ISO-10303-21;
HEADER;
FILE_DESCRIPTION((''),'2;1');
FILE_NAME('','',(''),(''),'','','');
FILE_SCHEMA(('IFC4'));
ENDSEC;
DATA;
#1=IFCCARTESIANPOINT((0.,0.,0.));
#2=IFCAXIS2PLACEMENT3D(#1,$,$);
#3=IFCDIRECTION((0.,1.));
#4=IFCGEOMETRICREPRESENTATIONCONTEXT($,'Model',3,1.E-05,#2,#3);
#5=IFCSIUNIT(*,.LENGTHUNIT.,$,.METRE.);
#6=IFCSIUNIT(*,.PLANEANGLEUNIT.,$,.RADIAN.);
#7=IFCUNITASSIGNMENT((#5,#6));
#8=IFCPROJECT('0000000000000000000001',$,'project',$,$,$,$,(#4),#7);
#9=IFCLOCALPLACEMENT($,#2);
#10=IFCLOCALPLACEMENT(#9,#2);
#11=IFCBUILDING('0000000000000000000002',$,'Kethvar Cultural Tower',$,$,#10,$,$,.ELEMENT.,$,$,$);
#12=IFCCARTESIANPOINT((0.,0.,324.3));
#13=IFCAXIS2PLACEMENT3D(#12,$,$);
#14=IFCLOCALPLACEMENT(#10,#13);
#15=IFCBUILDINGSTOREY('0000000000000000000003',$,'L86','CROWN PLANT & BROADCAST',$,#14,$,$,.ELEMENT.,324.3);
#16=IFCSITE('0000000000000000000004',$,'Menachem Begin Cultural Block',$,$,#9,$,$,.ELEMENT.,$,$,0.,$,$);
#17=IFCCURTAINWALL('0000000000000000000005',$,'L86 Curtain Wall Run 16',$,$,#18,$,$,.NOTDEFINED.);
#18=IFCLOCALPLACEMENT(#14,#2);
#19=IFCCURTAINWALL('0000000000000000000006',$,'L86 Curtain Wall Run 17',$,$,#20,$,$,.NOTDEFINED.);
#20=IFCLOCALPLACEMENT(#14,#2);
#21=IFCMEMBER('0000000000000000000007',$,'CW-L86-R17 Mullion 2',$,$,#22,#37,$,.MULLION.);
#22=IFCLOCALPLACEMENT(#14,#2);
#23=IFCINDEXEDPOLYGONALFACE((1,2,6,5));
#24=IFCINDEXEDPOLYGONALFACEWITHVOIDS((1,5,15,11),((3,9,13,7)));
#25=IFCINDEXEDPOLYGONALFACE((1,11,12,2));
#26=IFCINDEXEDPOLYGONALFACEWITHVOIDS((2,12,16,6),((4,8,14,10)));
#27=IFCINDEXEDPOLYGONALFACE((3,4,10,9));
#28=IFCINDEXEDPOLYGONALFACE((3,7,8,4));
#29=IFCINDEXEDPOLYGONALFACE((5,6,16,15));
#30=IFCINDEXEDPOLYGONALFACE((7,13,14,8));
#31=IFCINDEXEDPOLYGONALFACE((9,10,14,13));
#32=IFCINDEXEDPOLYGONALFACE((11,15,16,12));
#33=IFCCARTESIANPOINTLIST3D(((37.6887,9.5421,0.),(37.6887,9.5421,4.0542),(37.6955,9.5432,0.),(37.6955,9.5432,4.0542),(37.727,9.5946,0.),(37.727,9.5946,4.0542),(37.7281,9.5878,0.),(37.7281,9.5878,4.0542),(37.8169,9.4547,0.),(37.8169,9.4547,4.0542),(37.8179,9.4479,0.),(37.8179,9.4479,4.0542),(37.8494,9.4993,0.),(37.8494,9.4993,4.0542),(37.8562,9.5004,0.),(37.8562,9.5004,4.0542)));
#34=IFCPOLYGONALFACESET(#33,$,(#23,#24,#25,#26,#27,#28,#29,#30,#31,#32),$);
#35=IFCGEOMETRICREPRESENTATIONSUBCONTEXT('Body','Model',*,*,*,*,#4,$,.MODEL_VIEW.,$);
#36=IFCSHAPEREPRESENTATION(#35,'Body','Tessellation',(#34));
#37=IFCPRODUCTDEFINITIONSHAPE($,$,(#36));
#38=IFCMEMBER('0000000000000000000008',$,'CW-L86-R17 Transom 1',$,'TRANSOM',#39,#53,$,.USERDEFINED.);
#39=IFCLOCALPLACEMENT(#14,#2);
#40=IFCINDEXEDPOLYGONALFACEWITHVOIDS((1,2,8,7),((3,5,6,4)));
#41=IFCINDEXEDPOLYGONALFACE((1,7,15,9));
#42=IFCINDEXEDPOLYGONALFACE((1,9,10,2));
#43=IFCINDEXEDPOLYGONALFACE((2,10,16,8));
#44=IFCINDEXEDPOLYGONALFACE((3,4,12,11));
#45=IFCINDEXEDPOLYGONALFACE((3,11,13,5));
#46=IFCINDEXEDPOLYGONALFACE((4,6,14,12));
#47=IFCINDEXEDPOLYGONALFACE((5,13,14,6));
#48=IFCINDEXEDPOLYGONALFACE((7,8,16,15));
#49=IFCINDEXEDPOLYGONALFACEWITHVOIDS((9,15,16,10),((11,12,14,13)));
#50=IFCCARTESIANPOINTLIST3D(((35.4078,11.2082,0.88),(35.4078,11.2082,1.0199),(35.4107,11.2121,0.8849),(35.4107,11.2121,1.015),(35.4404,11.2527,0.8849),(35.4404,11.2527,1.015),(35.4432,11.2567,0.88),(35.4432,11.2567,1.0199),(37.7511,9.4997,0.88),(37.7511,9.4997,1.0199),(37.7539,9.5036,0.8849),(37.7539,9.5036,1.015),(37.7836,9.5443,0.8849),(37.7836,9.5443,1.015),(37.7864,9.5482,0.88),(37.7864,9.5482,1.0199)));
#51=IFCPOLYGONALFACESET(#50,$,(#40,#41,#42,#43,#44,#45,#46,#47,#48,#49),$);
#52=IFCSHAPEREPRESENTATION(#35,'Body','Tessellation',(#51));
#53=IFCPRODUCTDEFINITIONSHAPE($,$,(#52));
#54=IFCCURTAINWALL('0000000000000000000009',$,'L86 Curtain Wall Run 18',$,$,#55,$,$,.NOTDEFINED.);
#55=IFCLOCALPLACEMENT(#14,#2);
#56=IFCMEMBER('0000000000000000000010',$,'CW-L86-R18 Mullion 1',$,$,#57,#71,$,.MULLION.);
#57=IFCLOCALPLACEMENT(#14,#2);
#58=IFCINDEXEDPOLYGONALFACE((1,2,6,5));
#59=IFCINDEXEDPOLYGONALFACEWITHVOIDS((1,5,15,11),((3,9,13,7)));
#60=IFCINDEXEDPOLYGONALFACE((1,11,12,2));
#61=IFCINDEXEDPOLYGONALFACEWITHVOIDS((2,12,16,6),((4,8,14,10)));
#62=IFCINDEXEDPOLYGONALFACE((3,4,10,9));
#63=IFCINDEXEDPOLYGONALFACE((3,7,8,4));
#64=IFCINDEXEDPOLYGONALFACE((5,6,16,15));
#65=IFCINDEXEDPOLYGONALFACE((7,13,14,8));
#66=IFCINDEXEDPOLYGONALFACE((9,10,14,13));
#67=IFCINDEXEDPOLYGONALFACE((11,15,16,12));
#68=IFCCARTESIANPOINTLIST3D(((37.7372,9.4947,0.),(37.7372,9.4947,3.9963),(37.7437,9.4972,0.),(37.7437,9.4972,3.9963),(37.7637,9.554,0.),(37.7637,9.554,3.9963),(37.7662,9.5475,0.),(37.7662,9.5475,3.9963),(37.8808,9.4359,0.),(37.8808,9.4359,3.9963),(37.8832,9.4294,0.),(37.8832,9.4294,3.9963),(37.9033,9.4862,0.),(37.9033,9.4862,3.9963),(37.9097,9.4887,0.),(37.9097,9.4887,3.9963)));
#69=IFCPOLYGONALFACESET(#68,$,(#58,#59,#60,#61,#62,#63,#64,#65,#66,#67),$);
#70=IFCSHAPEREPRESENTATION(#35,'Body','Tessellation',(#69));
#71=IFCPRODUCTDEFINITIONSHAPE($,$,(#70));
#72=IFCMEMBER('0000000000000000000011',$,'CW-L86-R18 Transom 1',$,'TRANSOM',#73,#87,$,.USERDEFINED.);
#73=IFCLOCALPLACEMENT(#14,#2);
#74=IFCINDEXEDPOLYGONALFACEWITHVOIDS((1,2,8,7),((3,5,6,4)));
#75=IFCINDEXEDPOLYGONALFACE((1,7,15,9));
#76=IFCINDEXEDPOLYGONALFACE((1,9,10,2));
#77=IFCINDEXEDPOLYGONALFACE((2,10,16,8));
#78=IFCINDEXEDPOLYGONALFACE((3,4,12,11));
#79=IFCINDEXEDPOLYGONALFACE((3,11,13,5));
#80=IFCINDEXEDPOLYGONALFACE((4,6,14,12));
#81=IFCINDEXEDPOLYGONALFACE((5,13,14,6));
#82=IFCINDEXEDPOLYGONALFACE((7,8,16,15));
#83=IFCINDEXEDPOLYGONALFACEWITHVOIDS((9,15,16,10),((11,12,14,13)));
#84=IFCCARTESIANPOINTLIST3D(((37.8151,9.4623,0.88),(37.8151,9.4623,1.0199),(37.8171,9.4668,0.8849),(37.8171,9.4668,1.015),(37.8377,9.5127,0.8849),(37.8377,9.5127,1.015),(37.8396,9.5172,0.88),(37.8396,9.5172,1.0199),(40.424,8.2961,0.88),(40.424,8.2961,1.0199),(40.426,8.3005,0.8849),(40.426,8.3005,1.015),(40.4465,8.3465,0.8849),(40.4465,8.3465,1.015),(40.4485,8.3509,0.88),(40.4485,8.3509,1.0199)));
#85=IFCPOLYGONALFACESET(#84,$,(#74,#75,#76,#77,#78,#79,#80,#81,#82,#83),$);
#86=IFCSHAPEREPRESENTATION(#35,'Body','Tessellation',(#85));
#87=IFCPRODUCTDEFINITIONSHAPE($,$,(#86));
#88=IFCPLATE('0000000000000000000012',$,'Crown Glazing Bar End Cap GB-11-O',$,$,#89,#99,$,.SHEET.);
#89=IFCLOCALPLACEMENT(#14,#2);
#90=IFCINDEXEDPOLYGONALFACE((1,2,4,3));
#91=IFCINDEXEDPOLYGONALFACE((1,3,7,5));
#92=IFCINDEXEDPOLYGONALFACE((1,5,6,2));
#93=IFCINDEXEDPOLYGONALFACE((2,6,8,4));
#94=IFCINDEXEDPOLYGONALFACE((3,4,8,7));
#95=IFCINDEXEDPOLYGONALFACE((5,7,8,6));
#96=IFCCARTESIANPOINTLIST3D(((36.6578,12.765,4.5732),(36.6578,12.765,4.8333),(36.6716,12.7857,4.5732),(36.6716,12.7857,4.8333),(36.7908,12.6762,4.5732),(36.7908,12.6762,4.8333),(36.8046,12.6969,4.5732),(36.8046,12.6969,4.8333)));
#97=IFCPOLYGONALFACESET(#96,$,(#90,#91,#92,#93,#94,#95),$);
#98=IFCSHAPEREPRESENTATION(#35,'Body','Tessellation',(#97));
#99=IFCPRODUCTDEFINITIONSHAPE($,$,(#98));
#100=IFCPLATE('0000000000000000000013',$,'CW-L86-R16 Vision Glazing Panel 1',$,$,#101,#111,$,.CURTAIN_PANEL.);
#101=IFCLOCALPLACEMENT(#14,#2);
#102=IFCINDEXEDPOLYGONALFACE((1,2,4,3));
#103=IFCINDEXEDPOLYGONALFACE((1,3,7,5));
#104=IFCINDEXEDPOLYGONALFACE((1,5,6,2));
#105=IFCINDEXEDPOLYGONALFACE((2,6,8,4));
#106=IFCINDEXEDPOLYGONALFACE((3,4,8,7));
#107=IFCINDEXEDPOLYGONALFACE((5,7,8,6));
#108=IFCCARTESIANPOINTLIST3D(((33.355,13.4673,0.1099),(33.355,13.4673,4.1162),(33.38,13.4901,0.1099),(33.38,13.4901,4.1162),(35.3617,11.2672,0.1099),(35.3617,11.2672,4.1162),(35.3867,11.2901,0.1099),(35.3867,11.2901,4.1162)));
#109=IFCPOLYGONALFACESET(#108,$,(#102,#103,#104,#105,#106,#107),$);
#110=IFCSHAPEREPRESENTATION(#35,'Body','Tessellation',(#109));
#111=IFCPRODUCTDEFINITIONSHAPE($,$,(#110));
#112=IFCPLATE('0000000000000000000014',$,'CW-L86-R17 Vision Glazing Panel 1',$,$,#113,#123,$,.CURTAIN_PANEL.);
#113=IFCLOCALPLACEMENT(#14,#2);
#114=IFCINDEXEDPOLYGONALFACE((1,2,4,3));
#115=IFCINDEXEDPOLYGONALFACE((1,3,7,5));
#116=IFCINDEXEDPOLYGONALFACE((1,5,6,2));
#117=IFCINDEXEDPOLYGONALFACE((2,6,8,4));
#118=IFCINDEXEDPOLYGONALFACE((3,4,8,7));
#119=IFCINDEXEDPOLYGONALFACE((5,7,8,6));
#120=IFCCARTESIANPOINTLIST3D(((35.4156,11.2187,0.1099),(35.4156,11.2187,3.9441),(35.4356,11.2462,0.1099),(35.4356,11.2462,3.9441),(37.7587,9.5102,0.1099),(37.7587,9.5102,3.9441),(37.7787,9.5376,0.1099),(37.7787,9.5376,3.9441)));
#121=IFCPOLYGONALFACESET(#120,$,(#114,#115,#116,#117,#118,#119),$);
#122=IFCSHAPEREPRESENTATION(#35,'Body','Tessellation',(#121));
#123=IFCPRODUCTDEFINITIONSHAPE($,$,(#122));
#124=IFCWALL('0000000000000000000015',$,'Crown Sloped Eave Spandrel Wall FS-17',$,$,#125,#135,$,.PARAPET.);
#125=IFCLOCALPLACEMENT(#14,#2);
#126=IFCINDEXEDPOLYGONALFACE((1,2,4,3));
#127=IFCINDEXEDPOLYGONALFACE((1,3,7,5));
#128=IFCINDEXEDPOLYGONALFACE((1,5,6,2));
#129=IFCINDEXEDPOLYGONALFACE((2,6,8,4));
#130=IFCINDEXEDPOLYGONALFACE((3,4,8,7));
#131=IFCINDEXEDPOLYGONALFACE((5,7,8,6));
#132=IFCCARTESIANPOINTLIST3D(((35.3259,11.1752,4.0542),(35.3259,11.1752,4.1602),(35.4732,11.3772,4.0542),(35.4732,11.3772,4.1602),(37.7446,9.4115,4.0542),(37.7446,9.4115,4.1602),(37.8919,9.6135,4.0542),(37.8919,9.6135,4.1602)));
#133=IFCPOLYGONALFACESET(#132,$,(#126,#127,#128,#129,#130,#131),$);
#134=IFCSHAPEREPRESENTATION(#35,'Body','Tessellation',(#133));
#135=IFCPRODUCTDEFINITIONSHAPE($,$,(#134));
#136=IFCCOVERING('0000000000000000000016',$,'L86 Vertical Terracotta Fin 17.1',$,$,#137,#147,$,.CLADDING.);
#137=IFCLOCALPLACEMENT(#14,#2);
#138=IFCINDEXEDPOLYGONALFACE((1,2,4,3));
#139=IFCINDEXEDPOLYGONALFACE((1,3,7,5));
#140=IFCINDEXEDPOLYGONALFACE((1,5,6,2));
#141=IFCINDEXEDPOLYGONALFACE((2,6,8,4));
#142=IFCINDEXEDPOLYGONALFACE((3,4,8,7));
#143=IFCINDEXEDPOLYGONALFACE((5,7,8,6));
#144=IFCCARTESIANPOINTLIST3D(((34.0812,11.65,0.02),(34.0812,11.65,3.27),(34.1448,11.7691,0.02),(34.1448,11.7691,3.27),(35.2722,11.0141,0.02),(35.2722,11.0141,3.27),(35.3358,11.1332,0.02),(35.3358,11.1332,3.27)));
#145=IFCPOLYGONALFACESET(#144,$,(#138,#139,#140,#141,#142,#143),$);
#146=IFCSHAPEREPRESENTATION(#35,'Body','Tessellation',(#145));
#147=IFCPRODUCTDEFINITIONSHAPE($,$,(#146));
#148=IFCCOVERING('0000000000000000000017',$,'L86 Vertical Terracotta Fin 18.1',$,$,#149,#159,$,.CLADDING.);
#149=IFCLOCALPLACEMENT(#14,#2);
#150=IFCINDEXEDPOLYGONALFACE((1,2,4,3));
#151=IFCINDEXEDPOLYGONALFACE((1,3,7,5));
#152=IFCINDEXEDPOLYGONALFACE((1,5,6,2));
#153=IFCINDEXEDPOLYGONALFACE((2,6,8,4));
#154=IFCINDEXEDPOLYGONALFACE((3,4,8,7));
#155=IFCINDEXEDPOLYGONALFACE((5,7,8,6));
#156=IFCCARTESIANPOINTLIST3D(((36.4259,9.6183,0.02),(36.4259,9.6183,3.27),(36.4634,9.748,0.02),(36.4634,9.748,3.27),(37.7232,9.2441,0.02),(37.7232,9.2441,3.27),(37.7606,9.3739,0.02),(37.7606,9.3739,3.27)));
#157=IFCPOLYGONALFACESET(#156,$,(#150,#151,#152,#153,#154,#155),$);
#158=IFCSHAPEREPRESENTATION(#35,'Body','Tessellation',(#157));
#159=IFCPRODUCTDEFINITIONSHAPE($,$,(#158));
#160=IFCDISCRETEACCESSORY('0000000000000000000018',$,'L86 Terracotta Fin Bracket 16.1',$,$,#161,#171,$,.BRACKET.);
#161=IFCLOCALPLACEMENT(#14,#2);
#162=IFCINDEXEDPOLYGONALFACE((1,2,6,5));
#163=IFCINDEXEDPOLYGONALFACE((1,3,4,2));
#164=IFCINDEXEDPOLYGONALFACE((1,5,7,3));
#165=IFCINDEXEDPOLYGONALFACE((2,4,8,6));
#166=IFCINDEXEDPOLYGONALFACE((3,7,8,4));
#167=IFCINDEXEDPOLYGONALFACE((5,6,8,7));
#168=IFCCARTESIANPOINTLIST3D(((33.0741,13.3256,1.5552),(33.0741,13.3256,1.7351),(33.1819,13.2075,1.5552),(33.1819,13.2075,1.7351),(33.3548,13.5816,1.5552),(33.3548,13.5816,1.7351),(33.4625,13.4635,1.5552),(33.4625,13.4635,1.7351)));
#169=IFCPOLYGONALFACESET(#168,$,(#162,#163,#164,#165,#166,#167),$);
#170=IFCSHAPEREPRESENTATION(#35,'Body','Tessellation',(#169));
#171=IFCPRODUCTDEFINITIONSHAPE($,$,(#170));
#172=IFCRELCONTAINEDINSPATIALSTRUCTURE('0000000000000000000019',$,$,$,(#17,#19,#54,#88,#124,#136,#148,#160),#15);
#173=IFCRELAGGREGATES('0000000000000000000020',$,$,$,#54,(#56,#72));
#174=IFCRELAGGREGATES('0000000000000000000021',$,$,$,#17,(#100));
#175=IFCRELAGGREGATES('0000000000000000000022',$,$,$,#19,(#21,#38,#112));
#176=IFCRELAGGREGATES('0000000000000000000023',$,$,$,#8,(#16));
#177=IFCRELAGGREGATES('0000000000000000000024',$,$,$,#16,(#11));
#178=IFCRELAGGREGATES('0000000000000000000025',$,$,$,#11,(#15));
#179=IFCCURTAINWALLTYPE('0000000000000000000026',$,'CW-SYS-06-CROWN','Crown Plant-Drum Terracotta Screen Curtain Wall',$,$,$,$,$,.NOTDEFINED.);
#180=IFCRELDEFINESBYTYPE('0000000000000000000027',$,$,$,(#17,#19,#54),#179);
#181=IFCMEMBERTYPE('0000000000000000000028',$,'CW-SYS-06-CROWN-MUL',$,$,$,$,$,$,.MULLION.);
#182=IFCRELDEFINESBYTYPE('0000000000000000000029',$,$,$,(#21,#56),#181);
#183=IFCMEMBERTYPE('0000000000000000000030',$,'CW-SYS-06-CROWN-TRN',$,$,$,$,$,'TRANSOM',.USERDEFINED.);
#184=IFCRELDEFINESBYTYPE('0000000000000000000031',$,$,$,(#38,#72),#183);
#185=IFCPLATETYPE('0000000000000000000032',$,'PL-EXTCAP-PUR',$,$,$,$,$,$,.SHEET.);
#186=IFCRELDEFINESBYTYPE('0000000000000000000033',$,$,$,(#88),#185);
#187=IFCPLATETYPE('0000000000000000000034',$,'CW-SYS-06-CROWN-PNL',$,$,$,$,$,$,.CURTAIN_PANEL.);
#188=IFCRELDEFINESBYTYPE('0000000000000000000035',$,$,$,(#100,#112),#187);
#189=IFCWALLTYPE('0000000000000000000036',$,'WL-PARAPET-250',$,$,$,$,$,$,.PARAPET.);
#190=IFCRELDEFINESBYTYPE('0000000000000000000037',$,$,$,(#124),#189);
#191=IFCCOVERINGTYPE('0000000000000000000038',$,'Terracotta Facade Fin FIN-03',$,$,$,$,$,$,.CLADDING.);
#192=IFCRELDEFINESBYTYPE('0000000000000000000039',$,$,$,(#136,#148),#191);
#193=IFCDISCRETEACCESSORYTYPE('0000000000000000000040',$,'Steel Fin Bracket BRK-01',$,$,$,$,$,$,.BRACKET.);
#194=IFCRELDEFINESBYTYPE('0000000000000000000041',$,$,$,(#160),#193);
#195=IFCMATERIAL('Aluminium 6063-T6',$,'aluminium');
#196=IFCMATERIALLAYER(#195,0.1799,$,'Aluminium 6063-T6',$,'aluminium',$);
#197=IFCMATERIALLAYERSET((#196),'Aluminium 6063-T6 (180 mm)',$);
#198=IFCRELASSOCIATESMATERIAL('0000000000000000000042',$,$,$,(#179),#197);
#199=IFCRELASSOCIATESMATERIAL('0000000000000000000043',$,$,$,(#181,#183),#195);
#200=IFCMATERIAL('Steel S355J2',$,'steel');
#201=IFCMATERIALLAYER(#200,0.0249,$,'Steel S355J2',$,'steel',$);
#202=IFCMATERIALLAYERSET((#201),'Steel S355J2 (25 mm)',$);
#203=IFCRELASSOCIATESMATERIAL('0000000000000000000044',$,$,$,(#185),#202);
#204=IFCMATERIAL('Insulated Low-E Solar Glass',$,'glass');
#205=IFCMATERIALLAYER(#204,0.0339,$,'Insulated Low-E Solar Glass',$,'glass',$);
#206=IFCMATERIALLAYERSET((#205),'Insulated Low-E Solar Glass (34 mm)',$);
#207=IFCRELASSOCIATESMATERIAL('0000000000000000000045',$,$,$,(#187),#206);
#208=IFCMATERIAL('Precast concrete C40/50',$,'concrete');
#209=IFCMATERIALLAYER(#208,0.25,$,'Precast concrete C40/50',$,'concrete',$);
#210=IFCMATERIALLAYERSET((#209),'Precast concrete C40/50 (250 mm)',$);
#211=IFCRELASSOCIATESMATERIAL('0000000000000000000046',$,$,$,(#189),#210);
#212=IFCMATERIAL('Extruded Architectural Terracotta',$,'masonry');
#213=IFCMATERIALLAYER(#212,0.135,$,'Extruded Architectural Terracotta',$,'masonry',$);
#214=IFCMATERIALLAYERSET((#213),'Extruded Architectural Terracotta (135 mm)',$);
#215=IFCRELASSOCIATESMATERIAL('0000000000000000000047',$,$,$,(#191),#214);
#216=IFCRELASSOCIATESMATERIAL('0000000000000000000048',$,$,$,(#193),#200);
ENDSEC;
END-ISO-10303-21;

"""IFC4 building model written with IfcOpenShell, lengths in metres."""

from ifc_helpers import new_model, si_unit, direction, frame, frame_2d, origin, origin_2d, place, context, subcontext, project, spatial, rectangle, hollow_rectangle, extrude, source, transform, mapped, material, layer, layer_set, material_profile, profile_set, type_object, element, aggregate, save


model = new_model("IFC4")

# Units and contexts
model_context = context("Model", 3, precision=1e-05, world=origin(), true_north=direction((0.0, 1.0)))
body_context = subcontext(model_context, "Body", "Model", "MODEL_VIEW")
ifc_project = project(units=[si_unit("LENGTHUNIT", "METRE"), si_unit("PLANEANGLEUNIT", "RADIAN")], contexts=[model_context])

# Site, building, storey
site_placement = place(None, origin())
site = spatial("IfcSite", under=ifc_project, at=site_placement, Name="Menachem Begin Cultural Block", CompositionType="ELEMENT", RefElevation=0.0)
building_placement = place(site_placement, origin())
building = spatial("IfcBuilding", under=site, at=building_placement, Name="Kethvar Cultural Tower", CompositionType="ELEMENT")
storey_placement = place(building_placement, frame((0.0, 0.0, 324.3)))
storey = spatial("IfcBuildingStorey", under=building, at=storey_placement, Name="L86", Description="CROWN PLANT & BROADCAST", CompositionType="ELEMENT", Elevation=324.3)

# Shared definitions
ifc_material_1 = material(Name="Steel S355J2", Category="steel")

# Curtain walls, members
ifc_material_2 = material(Name="Aluminium 6063-T6", Category="aluminium")
ifc_layer_1 = layer(ifc_material_2, 0.1799, Name="Aluminium 6063-T6", Category="aluminium")
ifc_layer_set_1 = layer_set([ifc_layer_1], Name="Aluminium 6063-T6 (180 mm)")
curtain_wall_type = type_object("IfcCurtainWallType", Name="CW-SYS-06-CROWN", Description="Crown Plant-Drum Terracotta Screen Curtain Wall", PredefinedType="NOTDEFINED", material=ifc_layer_set_1)
curtain_wall_1_placement = place(storey_placement, origin())
curtain_wall_1 = element("IfcCurtainWall", 1, at=curtain_wall_1_placement, inside=storey, type_object=curtain_wall_type, Name="L86 Curtain Wall Run 16", PredefinedType="NOTDEFINED")
ifc_material_profile_1 = material_profile(ifc_material_2, hollow_rectangle(XDim=0.0649, YDim=0.1599, WallThickness=0.0049, at=origin_2d()), Name="Aluminium 6063-T6 — RHS160x65x5")
ifc_profile_set_1 = profile_set([ifc_material_profile_1], Name="Aluminium 6063-T6 — RHS160x65x5")
member_type_1 = type_object("IfcMemberType", Name="CW-SYS-06-CROWN-MUL", PredefinedType="MULLION", material=ifc_profile_set_1)
ifc_material_profile_2 = material_profile(ifc_material_2, hollow_rectangle(XDim=0.0601, YDim=0.1399, WallThickness=0.0049, at=origin_2d()), Name="Aluminium 6063-T6 — RHS140x60x5")
ifc_profile_set_2 = profile_set([ifc_material_profile_2], Name="Aluminium 6063-T6 — RHS140x60x5")
member_type_2 = type_object("IfcMemberType", Name="CW-SYS-06-CROWN-TRN", ElementType="TRANSOM", PredefinedType="USERDEFINED", material=ifc_profile_set_2)
curtain_wall_2_placement = place(storey_placement, origin())
curtain_wall_2 = element("IfcCurtainWall", 2, at=curtain_wall_2_placement, inside=storey, type_object=curtain_wall_type, Name="L86 Curtain Wall Run 17", PredefinedType="NOTDEFINED")
shared_shape_1 = source(origin(), body_context, "Body", "SweptSolid", [
    extrude(hollow_rectangle(XDim=0.0649, YDim=0.1599, WallThickness=0.0049, at=origin_2d()), origin(), (0.0, 0.0, 1.0), 4.0542),
])
member_1_placement = place(storey_placement, frame((37.7725, 9.5212, 0.0), z_axis=(0.0, 0.0, 1.0), x_axis=(0.589182, 0.808, 0.0)))
member_1 = element("IfcMember", 3, at=member_1_placement, type_object=member_type_1, Name="CW-L86-R17 Mullion 2", PredefinedType="MULLION", context=body_context, shape_type="MappedRepresentation", body=[
    mapped(shared_shape_1, transform((0.0, 0.0, 0.0), scale=1.0)),
])
shared_shape_2 = source(origin(), body_context, "Body", "SweptSolid", [
    extrude(hollow_rectangle(XDim=0.0601, YDim=0.1399, WallThickness=0.0049, at=origin_2d()), origin(), (0.0, 0.0, 1.0), 2.8999),
])
member_2_placement = place(storey_placement, frame((35.4255, 11.2324, 0.95), z_axis=(0.808029, -0.589142, 0.0), x_axis=(0.589142, 0.808029, 0.0)))
member_2 = element("IfcMember", 4, at=member_2_placement, type_object=member_type_2, Name="CW-L86-R17 Transom 1", ObjectType="TRANSOM", PredefinedType="USERDEFINED", context=body_context, shape_type="MappedRepresentation", body=[
    mapped(shared_shape_2, transform((0.0, 0.0, 0.0), scale=1.0)),
])
curtain_wall_3_placement = place(storey_placement, origin())
curtain_wall_3 = element("IfcCurtainWall", 5, at=curtain_wall_3_placement, inside=storey, type_object=curtain_wall_type, Name="L86 Curtain Wall Run 18", PredefinedType="NOTDEFINED")
shared_shape_3 = source(origin(), body_context, "Body", "SweptSolid", [
    extrude(hollow_rectangle(XDim=0.0649, YDim=0.1599, WallThickness=0.0049, at=origin_2d()), origin(), (0.0, 0.0, 1.0), 3.9963),
])
member_3_placement = place(storey_placement, frame((37.8235, 9.4917, 0.0), z_axis=(0.0, 0.0, 1.0), x_axis=(0.408203, 0.912891, 0.0)))
member_3 = element("IfcMember", 6, at=member_3_placement, type_object=member_type_1, Name="CW-L86-R18 Mullion 1", PredefinedType="MULLION", context=body_context, shape_type="MappedRepresentation", body=[
    mapped(shared_shape_3, transform((0.0, 0.0, 0.0), scale=1.0)),
])
shared_shape_4 = source(origin(), body_context, "Body", "SweptSolid", [
    extrude(hollow_rectangle(XDim=0.0601, YDim=0.1399, WallThickness=0.0049, at=origin_2d()), origin(), (0.0, 0.0, 1.0), 2.8577),
])
member_4_placement = place(storey_placement, frame((37.8274, 9.4897, 0.95), z_axis=(0.912932, -0.408111, 0.0), x_axis=(0.408111, 0.912932, 0.0)))
member_4 = element("IfcMember", 7, at=member_4_placement, type_object=member_type_2, Name="CW-L86-R18 Transom 1", ObjectType="TRANSOM", PredefinedType="USERDEFINED", context=body_context, shape_type="MappedRepresentation", body=[
    mapped(shared_shape_4, transform((0.0, 0.0, 0.0), scale=1.0)),
])
aggregate(curtain_wall_3, [member_3, member_4])

# Plates
ifc_layer_2 = layer(ifc_material_1, 0.0249, Name="Steel S355J2", Category="steel")
ifc_layer_set_2 = layer_set([ifc_layer_2], Name="Steel S355J2 (25 mm)")
plate_type_1 = type_object("IfcPlateType", Name="PL-EXTCAP-PUR", PredefinedType="SHEET", material=ifc_layer_set_2)
shared_shape_5 = source(origin(), body_context, "Body", "SweptSolid", [
    extrude(rectangle(XDim=0.0249, YDim=0.1599, at=origin_2d()), origin(), (0.0, 0.0, 1.0), 0.26),
])
plate_1_placement = place(storey_placement, frame((36.7312, 12.731, 4.5732), z_axis=(0.0, 0.0, 1.0), x_axis=(-0.55557, -0.83147, 0.0)))
element("IfcPlate", 8, at=plate_1_placement, inside=storey, type_object=plate_type_1, Name="Crown Glazing Bar End Cap GB-11-O", PredefinedType="SHEET", context=body_context, shape_type="MappedRepresentation", body=[
    mapped(shared_shape_5, transform((0.0, 0.0, 0.0), scale=1.0)),
])
ifc_material_3 = material(Name="Insulated Low-E Solar Glass", Category="glass")
ifc_layer_3 = layer(ifc_material_3, 0.0339, Name="Insulated Low-E Solar Glass", Category="glass")
ifc_layer_set_3 = layer_set([ifc_layer_3], Name="Insulated Low-E Solar Glass (34 mm)")
plate_type_2 = type_object("IfcPlateType", Name="CW-SYS-06-CROWN-PNL", PredefinedType="CURTAIN_PANEL", material=ifc_layer_set_3)
shared_shape_6 = source(origin(), body_context, "Body", "SweptSolid", [
    extrude(rectangle(XDim=2.9778, YDim=0.0339, at=origin_2d()), origin(), (0.0, 0.0, 1.0), 4.0063),
])
plate_2_placement = place(storey_placement, frame((34.3708, 12.3787, 0.1099), z_axis=(0.0, 0.0, 1.0), x_axis=(0.67389, -0.738832, 0.0)))
plate_2 = element("IfcPlate", 9, at=plate_2_placement, type_object=plate_type_2, Name="CW-L86-R16 Vision Glazing Panel 1", PredefinedType="CURTAIN_PANEL", context=body_context, shape_type="MappedRepresentation", body=[
    mapped(shared_shape_6, transform((0.0, 0.0, 0.0), scale=1.0)),
])
aggregate(curtain_wall_1, [plate_2])
shared_shape_7 = source(origin(), body_context, "Body", "SweptSolid", [
    extrude(rectangle(XDim=2.8999, YDim=0.0339, at=origin_2d()), origin(), (0.0, 0.0, 1.0), 3.8342),
])
plate_3_placement = place(storey_placement, frame((36.5972, 10.3782, 0.1099), z_axis=(0.0, 0.0, 1.0), x_axis=(0.808, -0.589182, 0.0)))
plate_3 = element("IfcPlate", 10, at=plate_3_placement, type_object=plate_type_2, Name="CW-L86-R17 Vision Glazing Panel 1", PredefinedType="CURTAIN_PANEL", context=body_context, shape_type="MappedRepresentation", body=[
    mapped(shared_shape_7, transform((0.0, 0.0, 0.0), scale=1.0)),
])
aggregate(curtain_wall_2, [member_1, member_2, plate_3])

# Wall
ifc_material_4 = material(Name="Precast concrete C40/50", Category="concrete")
ifc_layer_4 = layer(ifc_material_4, 0.25, Name="Precast concrete C40/50", Category="concrete")
ifc_layer_set_4 = layer_set([ifc_layer_4], Name="Precast concrete C40/50 (250 mm)")
wall_type = type_object("IfcWallType", Name="WL-PARAPET-250", PredefinedType="PARAPET", material=ifc_layer_set_4)
wall_placement = place(storey_placement, frame((35.3997, 11.2761, 4.0542), z_axis=(0.0, 0.0, 1.0), x_axis=(0.808002, -0.58918, 0.0)))
element("IfcWall", 11, at=wall_placement, inside=storey, type_object=wall_type, Name="Crown Sloped Eave Spandrel Wall FS-17", PredefinedType="PARAPET", context=body_context, shape_type="SweptSolid", body=[
    extrude(rectangle(XDim=2.9934, YDim=0.25, at=frame_2d((1.4966, 0.0))), origin(), (0.0, 0.0, 1.0), 0.106),
])

# Coverings
ifc_material_5 = material(Name="Extruded Architectural Terracotta", Category="masonry")
ifc_layer_5 = layer(ifc_material_5, 0.135, Name="Extruded Architectural Terracotta", Category="masonry")
ifc_layer_set_5 = layer_set([ifc_layer_5], Name="Extruded Architectural Terracotta (135 mm)")
covering_type = type_object("IfcCoveringType", Name="Terracotta Facade Fin FIN-03", PredefinedType="CLADDING", material=ifc_layer_set_5)
shared_shape_8 = source(origin(), body_context, "Body", "SweptSolid", [
    extrude(rectangle(XDim=1.3501, YDim=0.135, at=origin_2d()), origin(), (0.0, 0.0, 1.0), 3.25),
])
for number, where, z_axis, x_axis, name in (
    (12, (34.7085, 11.3916, 0.02), (0.0, 0.0, 1.0), (-0.882127, 0.471012, 0.0), "L86 Vertical Terracotta Fin 17.1"),
    (13, (37.0933, 9.4961, 0.02), (0.0, 0.0, 1.0), (-0.960828, 0.277147, 0.0), "L86 Vertical Terracotta Fin 18.1"),
):
    element("IfcCovering", number, at=place(storey_placement, frame(where, z_axis=z_axis, x_axis=x_axis)), inside=storey, type_object=covering_type, Name=name, PredefinedType="CLADDING", context=body_context, shape_type="MappedRepresentation", body=[
        mapped(shared_shape_8, transform((0.0, 0.0, 0.0), scale=1.0)),
    ])

# Discrete accessory
discrete_accessory_type = type_object("IfcDiscreteAccessoryType", Name="Steel Fin Bracket BRK-01", PredefinedType="BRACKET", material=ifc_material_1)
shared_shape_9 = source(origin(), body_context, "Body", "SweptSolid", [
    extrude(rectangle(XDim=0.3799, YDim=0.1599, at=origin_2d()), origin(), (0.0, 0.0, 1.0), 0.1799),
])
for number, where, z_axis, x_axis, name in (
    (14, (33.2683, 13.3945, 1.5552), (0.0, 0.0, 1.0), (-0.738808, -0.673916, 0.0), "L86 Terracotta Fin Bracket 16.1"),
):
    element("IfcDiscreteAccessory", number, at=place(storey_placement, frame(where, z_axis=z_axis, x_axis=x_axis)), inside=storey, type_object=discrete_accessory_type, Name=name, PredefinedType="BRACKET", context=body_context, shape_type="MappedRepresentation", body=[
        mapped(shared_shape_9, transform((0.0, 0.0, 0.0), scale=1.0)),
    ])

save(model, "model.ifc")
